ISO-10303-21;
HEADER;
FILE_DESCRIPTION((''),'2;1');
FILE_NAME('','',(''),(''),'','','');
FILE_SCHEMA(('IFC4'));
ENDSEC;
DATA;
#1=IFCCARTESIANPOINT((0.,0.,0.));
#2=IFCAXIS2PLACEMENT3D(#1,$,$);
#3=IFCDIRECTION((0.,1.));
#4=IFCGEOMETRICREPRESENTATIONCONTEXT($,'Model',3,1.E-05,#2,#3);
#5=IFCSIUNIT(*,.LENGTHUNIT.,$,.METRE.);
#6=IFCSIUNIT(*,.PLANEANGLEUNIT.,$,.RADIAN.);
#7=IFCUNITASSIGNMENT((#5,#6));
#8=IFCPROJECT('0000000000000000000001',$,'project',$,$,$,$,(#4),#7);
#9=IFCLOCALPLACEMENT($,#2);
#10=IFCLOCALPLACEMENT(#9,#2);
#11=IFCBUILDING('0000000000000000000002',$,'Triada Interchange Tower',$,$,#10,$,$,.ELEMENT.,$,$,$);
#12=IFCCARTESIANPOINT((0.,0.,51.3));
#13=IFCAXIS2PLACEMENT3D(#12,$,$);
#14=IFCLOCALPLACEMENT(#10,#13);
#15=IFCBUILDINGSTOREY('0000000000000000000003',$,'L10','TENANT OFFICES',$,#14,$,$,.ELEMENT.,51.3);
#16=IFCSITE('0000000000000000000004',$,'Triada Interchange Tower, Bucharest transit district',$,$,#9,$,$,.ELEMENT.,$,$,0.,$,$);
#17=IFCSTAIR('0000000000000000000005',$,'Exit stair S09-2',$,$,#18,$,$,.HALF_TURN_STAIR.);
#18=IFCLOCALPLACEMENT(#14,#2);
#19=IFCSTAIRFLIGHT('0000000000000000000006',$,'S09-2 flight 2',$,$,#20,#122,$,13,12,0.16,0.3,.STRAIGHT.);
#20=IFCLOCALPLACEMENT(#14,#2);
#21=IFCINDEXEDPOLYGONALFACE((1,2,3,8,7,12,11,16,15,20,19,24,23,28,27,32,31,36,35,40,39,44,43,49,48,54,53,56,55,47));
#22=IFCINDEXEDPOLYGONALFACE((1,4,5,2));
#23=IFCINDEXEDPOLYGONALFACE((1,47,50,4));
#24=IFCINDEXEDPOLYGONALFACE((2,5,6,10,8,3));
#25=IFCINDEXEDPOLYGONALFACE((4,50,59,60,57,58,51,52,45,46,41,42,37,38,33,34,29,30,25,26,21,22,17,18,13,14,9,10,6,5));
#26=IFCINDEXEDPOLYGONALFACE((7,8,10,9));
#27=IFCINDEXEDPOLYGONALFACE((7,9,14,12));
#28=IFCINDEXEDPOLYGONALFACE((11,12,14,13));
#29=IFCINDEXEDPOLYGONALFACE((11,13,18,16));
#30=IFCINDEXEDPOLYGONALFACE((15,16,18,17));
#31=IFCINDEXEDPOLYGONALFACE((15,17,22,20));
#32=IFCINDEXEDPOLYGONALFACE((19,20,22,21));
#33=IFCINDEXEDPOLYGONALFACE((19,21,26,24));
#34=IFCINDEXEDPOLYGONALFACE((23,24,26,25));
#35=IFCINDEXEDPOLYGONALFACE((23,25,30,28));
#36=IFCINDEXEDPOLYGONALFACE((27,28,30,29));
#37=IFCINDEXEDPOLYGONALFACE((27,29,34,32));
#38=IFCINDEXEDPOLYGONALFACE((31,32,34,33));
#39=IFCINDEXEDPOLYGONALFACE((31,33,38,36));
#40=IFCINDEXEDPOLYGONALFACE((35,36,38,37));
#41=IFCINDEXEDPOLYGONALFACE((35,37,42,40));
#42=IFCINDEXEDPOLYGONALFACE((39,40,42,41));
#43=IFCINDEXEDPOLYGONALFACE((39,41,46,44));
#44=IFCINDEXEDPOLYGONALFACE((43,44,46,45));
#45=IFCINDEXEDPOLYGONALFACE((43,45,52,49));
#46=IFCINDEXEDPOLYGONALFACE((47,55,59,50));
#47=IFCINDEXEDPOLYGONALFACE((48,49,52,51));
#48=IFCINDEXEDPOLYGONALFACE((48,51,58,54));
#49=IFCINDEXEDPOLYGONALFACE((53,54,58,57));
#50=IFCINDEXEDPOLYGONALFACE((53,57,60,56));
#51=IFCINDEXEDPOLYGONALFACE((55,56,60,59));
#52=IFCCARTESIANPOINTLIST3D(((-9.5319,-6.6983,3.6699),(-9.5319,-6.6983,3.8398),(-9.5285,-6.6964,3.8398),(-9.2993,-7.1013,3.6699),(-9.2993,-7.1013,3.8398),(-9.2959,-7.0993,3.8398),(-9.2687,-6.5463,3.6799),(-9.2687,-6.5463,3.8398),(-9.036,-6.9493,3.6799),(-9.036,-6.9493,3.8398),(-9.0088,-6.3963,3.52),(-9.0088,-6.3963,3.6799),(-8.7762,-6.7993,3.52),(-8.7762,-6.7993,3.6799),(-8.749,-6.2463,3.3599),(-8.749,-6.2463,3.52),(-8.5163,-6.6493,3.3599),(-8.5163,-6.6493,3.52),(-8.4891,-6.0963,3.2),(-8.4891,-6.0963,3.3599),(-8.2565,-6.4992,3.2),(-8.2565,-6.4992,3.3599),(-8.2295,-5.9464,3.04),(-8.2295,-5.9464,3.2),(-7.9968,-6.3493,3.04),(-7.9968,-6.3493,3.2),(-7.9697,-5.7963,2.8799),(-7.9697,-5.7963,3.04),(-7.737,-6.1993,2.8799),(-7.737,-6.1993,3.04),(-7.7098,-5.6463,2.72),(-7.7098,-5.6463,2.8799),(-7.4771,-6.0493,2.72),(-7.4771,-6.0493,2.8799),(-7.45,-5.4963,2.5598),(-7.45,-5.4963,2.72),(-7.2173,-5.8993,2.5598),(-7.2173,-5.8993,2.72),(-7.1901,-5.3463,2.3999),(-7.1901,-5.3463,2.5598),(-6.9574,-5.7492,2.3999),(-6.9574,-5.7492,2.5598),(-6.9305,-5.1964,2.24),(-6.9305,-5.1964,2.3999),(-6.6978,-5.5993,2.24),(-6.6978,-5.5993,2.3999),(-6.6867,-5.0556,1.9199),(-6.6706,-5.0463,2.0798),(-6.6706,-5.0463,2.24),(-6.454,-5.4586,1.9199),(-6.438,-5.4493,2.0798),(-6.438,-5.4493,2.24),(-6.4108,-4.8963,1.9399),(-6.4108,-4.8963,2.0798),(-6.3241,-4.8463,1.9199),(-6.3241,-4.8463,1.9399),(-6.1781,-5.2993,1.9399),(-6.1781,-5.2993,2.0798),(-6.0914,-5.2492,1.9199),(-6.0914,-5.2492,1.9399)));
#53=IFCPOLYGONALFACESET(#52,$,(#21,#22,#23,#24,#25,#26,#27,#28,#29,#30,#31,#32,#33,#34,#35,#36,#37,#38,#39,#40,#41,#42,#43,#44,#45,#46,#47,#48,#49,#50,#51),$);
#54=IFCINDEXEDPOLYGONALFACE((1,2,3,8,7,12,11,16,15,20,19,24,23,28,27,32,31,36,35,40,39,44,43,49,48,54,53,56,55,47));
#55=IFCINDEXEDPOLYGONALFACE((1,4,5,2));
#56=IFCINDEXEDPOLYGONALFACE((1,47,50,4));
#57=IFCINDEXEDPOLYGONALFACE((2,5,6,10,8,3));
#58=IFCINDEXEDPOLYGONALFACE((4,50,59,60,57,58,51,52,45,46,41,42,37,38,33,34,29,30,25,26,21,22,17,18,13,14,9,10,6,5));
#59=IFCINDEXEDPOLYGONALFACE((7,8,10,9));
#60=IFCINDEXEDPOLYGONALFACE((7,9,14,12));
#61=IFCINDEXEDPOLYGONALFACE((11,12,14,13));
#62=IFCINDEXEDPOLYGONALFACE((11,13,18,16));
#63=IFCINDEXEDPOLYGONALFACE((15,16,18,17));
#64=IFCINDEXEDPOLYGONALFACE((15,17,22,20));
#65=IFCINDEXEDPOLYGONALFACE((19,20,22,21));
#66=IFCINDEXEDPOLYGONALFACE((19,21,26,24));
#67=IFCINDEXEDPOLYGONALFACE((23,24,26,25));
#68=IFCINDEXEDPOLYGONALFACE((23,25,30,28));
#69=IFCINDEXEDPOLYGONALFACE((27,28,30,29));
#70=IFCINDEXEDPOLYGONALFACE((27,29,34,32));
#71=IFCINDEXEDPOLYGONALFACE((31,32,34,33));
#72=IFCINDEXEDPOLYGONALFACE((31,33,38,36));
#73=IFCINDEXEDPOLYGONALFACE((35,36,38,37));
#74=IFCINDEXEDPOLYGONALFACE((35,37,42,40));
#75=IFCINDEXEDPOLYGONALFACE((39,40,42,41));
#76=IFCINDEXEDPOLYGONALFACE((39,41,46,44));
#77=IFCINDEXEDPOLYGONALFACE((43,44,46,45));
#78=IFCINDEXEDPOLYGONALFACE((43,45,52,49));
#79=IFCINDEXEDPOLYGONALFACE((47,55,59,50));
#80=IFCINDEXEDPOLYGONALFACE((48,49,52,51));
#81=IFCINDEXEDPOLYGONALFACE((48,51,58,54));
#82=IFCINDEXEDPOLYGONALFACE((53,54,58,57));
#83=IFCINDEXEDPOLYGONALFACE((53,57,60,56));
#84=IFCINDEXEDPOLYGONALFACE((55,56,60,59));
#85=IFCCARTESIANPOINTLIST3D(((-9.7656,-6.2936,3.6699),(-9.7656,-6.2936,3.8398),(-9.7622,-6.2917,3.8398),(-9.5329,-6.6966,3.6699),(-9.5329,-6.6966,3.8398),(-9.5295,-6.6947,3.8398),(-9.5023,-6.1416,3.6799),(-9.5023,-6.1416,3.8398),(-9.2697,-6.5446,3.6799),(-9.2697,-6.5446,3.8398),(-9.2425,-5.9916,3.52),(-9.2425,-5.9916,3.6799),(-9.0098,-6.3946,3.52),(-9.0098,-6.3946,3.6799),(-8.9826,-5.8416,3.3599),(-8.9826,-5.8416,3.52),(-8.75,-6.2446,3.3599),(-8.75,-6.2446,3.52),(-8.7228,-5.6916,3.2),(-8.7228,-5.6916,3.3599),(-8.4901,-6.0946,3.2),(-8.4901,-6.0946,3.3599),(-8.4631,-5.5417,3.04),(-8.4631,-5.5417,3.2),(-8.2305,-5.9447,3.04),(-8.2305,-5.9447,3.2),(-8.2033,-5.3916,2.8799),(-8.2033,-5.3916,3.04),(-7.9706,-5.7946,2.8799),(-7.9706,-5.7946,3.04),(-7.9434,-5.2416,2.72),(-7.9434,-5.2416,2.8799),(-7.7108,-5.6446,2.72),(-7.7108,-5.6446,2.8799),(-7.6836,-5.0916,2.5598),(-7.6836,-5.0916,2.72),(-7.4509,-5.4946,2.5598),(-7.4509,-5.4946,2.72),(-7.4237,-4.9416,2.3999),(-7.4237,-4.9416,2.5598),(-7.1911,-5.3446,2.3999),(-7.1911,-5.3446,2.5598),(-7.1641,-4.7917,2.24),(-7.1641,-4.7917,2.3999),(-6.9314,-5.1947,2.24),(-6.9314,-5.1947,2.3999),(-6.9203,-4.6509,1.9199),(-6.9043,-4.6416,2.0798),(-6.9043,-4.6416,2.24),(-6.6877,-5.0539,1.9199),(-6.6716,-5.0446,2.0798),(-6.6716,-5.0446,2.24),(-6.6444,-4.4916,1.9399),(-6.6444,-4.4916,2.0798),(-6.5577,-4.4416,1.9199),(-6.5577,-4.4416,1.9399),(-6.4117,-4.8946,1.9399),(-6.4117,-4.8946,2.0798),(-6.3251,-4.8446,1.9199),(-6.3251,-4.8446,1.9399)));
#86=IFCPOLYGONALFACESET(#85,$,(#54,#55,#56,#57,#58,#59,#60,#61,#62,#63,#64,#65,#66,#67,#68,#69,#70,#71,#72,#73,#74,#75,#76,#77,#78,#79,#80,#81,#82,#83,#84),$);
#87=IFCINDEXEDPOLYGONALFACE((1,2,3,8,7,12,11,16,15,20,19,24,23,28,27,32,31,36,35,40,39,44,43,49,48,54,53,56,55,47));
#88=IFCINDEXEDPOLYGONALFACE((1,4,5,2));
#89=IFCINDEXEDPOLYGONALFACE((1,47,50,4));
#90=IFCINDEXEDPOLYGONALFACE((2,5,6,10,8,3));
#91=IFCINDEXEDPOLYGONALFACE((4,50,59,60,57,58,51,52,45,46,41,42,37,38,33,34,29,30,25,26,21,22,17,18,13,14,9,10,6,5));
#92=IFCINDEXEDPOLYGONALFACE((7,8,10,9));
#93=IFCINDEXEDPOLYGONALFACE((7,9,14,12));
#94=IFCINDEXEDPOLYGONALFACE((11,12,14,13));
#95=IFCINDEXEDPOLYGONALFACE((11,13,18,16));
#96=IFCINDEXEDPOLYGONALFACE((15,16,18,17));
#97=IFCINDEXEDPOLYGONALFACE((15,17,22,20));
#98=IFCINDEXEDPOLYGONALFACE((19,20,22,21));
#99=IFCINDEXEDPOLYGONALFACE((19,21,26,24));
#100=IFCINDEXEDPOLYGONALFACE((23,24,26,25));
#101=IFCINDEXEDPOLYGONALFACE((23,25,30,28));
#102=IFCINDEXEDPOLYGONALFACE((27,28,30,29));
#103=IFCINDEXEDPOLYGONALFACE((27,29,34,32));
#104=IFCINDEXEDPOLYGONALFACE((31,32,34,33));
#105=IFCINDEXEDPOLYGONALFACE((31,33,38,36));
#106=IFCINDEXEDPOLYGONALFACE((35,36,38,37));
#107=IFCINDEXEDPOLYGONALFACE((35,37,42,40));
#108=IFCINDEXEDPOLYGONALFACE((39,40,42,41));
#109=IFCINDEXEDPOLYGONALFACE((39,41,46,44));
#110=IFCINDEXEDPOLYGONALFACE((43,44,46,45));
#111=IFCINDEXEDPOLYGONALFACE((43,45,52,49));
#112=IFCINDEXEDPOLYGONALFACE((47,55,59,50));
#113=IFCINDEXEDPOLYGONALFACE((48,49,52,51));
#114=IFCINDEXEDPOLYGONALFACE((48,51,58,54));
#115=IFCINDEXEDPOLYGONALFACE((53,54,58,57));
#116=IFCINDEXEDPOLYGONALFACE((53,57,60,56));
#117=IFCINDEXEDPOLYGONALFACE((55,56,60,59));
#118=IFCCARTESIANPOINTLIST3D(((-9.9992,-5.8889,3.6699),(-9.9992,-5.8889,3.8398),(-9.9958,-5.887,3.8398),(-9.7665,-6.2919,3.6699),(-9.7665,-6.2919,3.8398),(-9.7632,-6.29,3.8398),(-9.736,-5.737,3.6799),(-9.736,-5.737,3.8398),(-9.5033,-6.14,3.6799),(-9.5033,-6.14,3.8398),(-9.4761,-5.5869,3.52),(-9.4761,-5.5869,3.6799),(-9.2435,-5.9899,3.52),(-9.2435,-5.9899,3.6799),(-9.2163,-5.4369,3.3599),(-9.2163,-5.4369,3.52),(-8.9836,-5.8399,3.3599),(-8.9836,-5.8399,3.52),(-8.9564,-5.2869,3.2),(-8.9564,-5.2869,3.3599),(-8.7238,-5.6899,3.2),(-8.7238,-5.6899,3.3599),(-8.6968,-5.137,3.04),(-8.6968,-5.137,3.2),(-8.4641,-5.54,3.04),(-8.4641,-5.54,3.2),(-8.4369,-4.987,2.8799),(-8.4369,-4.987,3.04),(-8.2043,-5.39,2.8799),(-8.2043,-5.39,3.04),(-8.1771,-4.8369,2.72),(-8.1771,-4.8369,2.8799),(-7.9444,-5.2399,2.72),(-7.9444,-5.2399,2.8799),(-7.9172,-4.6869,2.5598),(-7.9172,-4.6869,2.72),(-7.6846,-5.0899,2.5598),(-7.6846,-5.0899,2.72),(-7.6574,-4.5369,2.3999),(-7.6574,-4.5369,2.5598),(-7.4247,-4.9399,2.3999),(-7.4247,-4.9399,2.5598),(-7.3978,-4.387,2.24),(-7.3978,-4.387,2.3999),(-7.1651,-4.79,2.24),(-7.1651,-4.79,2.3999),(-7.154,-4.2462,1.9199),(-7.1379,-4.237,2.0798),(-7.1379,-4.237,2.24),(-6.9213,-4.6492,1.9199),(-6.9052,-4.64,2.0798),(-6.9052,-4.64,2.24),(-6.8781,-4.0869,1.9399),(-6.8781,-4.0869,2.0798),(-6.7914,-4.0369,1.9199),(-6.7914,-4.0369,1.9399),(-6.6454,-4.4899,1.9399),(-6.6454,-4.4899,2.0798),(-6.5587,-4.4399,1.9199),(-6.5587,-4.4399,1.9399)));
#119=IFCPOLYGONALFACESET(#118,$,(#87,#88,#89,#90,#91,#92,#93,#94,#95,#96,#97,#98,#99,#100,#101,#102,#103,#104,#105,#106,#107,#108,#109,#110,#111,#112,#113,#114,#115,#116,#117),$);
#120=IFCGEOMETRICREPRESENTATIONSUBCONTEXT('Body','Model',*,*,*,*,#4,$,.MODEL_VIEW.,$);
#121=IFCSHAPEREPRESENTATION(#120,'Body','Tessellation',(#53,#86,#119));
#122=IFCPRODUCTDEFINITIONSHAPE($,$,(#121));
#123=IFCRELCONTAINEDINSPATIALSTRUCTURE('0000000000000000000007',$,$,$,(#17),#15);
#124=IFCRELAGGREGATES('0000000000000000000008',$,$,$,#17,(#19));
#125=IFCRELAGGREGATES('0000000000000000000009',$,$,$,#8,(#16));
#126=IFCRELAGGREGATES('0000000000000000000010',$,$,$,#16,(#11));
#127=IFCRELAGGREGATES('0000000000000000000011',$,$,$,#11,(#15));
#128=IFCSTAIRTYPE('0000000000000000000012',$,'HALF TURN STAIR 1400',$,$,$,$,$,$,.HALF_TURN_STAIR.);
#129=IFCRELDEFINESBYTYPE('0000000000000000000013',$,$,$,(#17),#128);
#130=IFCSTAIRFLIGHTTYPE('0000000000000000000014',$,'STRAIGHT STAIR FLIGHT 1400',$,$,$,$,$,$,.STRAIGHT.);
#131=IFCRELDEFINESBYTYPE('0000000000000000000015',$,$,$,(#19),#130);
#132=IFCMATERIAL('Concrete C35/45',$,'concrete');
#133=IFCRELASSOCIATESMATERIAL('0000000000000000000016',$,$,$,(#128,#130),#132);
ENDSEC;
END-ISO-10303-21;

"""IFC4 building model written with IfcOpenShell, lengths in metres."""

from ifc_helpers import new_model, si_unit, direction, frame, origin, place, context, subcontext, project, spatial, polyline, outline, extrude, material, type_object, element, aggregate, save


model = new_model("IFC4")

# Units and contexts
model_context = context("Model", 3, precision=1e-05, world=origin(), true_north=direction((0.0, 1.0)))
body_context = subcontext(model_context, "Body", "Model", "MODEL_VIEW")
ifc_project = project(units=[si_unit("LENGTHUNIT", "METRE"), si_unit("PLANEANGLEUNIT", "RADIAN")], contexts=[model_context])

# Site, building, storey
site_placement = place(None, origin())
site = spatial("IfcSite", under=ifc_project, at=site_placement, Name="Triada Interchange Tower, Bucharest transit district", CompositionType="ELEMENT", RefElevation=0.0)
building_placement = place(site_placement, origin())
building = spatial("IfcBuilding", under=site, at=building_placement, Name="Triada Interchange Tower", CompositionType="ELEMENT")
storey_placement = place(building_placement, frame((0.0, 0.0, 51.3)))
storey = spatial("IfcBuildingStorey", under=building, at=storey_placement, Name="L10", Description="TENANT OFFICES", CompositionType="ELEMENT", Elevation=51.3)

# Stair, stair flight
ifc_material_1 = material(Name="Concrete C35/45", Category="concrete")
stair_type = type_object("IfcStairType", Name="HALF TURN STAIR 1400", PredefinedType="HALF_TURN_STAIR", material=ifc_material_1)
stair_placement = place(storey_placement, origin())
stair = element("IfcStair", 1, at=stair_placement, inside=storey, type_object=stair_type, Name="Exit stair S09-2", PredefinedType="HALF_TURN_STAIR")
stair_flight_type = type_object("IfcStairFlightType", Name="STRAIGHT STAIR FLIGHT 1400", PredefinedType="STRAIGHT", material=ifc_material_1)
stair_flight_1_placement = place(storey_placement, frame((-6.5281, -4.6931, 1.9199), z_axis=(0.0, 0.0, 1.0), x_axis=(-0.866025, -0.5, 0.0)))
stair_flight_1 = element("IfcStairFlight", 2, at=stair_flight_1_placement, type_object=stair_flight_type, Name="S09-2 flight 2", NumberOfRisers=13, NumberOfTreads=12, PredefinedType="STRAIGHT", RiserHeight=0.16, TreadLength=0.3, context=body_context, shape_type="SweptSolid", body=[
    extrude(outline(polyline([(-0.1001, 0.0), (-0.1001, 0.02), (0.0, 0.02), (0.0, 0.1599), (0.3, 0.1599), (0.3, 0.3201), (0.6001, 0.3201), (0.6001, 0.48), (0.8999, 0.48), (0.8999, 0.6399), (1.2, 0.6399), (1.2, 0.8), (1.5, 0.8), (1.5, 0.96), (1.8, 0.96), (1.8, 1.1201), (2.1001, 1.1201), (2.1001, 1.28), (2.3999, 1.28), (2.3999, 1.4399), (2.7, 1.4399), (2.7, 1.6001), (3.0, 1.6001), (3.0, 1.76), (3.3, 1.76), (3.3, 1.9199), (3.6001, 1.9199), (3.604, 1.9199), (3.604, 2.0801), (3.604, 1.75), (0.3186, 0.0), (-0.1001, 0.0)])), frame((0.0, 0.7, 0.0), z_axis=(0.0, -1.0, 0.0), x_axis=(1.0, 0.0, 0.0)), (0.0, 0.0, 1.0), 0.4653),
    extrude(outline(polyline([(-0.1001, 0.0), (-0.1001, 0.02), (0.0, 0.02), (0.0, 0.1599), (0.3, 0.1599), (0.3, 0.3201), (0.6001, 0.3201), (0.6001, 0.48), (0.8999, 0.48), (0.8999, 0.6399), (1.2, 0.6399), (1.2, 0.8), (1.5, 0.8), (1.5, 0.96), (1.8, 0.96), (1.8, 1.1201), (2.1001, 1.1201), (2.1001, 1.28), (2.3999, 1.28), (2.3999, 1.4399), (2.7, 1.4399), (2.7, 1.6001), (3.0, 1.6001), (3.0, 1.76), (3.3, 1.76), (3.3, 1.9199), (3.6001, 1.9199), (3.604, 1.9199), (3.604, 2.0801), (3.604, 1.75), (0.3186, 0.0), (-0.1001, 0.0)])), frame((0.0, 0.2327, 0.0), z_axis=(0.0, -1.0, 0.0), x_axis=(1.0, 0.0, 0.0)), (0.0, 0.0, 1.0), 0.4653),
    extrude(outline(polyline([(-0.1001, 0.0), (-0.1001, 0.02), (0.0, 0.02), (0.0, 0.1599), (0.3, 0.1599), (0.3, 0.3201), (0.6001, 0.3201), (0.6001, 0.48), (0.8999, 0.48), (0.8999, 0.6399), (1.2, 0.6399), (1.2, 0.8), (1.5, 0.8), (1.5, 0.96), (1.8, 0.96), (1.8, 1.1201), (2.1001, 1.1201), (2.1001, 1.28), (2.3999, 1.28), (2.3999, 1.4399), (2.7, 1.4399), (2.7, 1.6001), (3.0, 1.6001), (3.0, 1.76), (3.3, 1.76), (3.3, 1.9199), (3.6001, 1.9199), (3.604, 1.9199), (3.604, 2.0801), (3.604, 1.75), (0.3186, 0.0), (-0.1001, 0.0)])), frame((0.0, -0.2346, 0.0), z_axis=(0.0, -1.0, 0.0), x_axis=(1.0, 0.0, 0.0)), (0.0, 0.0, 1.0), 0.4653),
])
aggregate(stair, [stair_flight_1])

save(model, "model.ifc")
